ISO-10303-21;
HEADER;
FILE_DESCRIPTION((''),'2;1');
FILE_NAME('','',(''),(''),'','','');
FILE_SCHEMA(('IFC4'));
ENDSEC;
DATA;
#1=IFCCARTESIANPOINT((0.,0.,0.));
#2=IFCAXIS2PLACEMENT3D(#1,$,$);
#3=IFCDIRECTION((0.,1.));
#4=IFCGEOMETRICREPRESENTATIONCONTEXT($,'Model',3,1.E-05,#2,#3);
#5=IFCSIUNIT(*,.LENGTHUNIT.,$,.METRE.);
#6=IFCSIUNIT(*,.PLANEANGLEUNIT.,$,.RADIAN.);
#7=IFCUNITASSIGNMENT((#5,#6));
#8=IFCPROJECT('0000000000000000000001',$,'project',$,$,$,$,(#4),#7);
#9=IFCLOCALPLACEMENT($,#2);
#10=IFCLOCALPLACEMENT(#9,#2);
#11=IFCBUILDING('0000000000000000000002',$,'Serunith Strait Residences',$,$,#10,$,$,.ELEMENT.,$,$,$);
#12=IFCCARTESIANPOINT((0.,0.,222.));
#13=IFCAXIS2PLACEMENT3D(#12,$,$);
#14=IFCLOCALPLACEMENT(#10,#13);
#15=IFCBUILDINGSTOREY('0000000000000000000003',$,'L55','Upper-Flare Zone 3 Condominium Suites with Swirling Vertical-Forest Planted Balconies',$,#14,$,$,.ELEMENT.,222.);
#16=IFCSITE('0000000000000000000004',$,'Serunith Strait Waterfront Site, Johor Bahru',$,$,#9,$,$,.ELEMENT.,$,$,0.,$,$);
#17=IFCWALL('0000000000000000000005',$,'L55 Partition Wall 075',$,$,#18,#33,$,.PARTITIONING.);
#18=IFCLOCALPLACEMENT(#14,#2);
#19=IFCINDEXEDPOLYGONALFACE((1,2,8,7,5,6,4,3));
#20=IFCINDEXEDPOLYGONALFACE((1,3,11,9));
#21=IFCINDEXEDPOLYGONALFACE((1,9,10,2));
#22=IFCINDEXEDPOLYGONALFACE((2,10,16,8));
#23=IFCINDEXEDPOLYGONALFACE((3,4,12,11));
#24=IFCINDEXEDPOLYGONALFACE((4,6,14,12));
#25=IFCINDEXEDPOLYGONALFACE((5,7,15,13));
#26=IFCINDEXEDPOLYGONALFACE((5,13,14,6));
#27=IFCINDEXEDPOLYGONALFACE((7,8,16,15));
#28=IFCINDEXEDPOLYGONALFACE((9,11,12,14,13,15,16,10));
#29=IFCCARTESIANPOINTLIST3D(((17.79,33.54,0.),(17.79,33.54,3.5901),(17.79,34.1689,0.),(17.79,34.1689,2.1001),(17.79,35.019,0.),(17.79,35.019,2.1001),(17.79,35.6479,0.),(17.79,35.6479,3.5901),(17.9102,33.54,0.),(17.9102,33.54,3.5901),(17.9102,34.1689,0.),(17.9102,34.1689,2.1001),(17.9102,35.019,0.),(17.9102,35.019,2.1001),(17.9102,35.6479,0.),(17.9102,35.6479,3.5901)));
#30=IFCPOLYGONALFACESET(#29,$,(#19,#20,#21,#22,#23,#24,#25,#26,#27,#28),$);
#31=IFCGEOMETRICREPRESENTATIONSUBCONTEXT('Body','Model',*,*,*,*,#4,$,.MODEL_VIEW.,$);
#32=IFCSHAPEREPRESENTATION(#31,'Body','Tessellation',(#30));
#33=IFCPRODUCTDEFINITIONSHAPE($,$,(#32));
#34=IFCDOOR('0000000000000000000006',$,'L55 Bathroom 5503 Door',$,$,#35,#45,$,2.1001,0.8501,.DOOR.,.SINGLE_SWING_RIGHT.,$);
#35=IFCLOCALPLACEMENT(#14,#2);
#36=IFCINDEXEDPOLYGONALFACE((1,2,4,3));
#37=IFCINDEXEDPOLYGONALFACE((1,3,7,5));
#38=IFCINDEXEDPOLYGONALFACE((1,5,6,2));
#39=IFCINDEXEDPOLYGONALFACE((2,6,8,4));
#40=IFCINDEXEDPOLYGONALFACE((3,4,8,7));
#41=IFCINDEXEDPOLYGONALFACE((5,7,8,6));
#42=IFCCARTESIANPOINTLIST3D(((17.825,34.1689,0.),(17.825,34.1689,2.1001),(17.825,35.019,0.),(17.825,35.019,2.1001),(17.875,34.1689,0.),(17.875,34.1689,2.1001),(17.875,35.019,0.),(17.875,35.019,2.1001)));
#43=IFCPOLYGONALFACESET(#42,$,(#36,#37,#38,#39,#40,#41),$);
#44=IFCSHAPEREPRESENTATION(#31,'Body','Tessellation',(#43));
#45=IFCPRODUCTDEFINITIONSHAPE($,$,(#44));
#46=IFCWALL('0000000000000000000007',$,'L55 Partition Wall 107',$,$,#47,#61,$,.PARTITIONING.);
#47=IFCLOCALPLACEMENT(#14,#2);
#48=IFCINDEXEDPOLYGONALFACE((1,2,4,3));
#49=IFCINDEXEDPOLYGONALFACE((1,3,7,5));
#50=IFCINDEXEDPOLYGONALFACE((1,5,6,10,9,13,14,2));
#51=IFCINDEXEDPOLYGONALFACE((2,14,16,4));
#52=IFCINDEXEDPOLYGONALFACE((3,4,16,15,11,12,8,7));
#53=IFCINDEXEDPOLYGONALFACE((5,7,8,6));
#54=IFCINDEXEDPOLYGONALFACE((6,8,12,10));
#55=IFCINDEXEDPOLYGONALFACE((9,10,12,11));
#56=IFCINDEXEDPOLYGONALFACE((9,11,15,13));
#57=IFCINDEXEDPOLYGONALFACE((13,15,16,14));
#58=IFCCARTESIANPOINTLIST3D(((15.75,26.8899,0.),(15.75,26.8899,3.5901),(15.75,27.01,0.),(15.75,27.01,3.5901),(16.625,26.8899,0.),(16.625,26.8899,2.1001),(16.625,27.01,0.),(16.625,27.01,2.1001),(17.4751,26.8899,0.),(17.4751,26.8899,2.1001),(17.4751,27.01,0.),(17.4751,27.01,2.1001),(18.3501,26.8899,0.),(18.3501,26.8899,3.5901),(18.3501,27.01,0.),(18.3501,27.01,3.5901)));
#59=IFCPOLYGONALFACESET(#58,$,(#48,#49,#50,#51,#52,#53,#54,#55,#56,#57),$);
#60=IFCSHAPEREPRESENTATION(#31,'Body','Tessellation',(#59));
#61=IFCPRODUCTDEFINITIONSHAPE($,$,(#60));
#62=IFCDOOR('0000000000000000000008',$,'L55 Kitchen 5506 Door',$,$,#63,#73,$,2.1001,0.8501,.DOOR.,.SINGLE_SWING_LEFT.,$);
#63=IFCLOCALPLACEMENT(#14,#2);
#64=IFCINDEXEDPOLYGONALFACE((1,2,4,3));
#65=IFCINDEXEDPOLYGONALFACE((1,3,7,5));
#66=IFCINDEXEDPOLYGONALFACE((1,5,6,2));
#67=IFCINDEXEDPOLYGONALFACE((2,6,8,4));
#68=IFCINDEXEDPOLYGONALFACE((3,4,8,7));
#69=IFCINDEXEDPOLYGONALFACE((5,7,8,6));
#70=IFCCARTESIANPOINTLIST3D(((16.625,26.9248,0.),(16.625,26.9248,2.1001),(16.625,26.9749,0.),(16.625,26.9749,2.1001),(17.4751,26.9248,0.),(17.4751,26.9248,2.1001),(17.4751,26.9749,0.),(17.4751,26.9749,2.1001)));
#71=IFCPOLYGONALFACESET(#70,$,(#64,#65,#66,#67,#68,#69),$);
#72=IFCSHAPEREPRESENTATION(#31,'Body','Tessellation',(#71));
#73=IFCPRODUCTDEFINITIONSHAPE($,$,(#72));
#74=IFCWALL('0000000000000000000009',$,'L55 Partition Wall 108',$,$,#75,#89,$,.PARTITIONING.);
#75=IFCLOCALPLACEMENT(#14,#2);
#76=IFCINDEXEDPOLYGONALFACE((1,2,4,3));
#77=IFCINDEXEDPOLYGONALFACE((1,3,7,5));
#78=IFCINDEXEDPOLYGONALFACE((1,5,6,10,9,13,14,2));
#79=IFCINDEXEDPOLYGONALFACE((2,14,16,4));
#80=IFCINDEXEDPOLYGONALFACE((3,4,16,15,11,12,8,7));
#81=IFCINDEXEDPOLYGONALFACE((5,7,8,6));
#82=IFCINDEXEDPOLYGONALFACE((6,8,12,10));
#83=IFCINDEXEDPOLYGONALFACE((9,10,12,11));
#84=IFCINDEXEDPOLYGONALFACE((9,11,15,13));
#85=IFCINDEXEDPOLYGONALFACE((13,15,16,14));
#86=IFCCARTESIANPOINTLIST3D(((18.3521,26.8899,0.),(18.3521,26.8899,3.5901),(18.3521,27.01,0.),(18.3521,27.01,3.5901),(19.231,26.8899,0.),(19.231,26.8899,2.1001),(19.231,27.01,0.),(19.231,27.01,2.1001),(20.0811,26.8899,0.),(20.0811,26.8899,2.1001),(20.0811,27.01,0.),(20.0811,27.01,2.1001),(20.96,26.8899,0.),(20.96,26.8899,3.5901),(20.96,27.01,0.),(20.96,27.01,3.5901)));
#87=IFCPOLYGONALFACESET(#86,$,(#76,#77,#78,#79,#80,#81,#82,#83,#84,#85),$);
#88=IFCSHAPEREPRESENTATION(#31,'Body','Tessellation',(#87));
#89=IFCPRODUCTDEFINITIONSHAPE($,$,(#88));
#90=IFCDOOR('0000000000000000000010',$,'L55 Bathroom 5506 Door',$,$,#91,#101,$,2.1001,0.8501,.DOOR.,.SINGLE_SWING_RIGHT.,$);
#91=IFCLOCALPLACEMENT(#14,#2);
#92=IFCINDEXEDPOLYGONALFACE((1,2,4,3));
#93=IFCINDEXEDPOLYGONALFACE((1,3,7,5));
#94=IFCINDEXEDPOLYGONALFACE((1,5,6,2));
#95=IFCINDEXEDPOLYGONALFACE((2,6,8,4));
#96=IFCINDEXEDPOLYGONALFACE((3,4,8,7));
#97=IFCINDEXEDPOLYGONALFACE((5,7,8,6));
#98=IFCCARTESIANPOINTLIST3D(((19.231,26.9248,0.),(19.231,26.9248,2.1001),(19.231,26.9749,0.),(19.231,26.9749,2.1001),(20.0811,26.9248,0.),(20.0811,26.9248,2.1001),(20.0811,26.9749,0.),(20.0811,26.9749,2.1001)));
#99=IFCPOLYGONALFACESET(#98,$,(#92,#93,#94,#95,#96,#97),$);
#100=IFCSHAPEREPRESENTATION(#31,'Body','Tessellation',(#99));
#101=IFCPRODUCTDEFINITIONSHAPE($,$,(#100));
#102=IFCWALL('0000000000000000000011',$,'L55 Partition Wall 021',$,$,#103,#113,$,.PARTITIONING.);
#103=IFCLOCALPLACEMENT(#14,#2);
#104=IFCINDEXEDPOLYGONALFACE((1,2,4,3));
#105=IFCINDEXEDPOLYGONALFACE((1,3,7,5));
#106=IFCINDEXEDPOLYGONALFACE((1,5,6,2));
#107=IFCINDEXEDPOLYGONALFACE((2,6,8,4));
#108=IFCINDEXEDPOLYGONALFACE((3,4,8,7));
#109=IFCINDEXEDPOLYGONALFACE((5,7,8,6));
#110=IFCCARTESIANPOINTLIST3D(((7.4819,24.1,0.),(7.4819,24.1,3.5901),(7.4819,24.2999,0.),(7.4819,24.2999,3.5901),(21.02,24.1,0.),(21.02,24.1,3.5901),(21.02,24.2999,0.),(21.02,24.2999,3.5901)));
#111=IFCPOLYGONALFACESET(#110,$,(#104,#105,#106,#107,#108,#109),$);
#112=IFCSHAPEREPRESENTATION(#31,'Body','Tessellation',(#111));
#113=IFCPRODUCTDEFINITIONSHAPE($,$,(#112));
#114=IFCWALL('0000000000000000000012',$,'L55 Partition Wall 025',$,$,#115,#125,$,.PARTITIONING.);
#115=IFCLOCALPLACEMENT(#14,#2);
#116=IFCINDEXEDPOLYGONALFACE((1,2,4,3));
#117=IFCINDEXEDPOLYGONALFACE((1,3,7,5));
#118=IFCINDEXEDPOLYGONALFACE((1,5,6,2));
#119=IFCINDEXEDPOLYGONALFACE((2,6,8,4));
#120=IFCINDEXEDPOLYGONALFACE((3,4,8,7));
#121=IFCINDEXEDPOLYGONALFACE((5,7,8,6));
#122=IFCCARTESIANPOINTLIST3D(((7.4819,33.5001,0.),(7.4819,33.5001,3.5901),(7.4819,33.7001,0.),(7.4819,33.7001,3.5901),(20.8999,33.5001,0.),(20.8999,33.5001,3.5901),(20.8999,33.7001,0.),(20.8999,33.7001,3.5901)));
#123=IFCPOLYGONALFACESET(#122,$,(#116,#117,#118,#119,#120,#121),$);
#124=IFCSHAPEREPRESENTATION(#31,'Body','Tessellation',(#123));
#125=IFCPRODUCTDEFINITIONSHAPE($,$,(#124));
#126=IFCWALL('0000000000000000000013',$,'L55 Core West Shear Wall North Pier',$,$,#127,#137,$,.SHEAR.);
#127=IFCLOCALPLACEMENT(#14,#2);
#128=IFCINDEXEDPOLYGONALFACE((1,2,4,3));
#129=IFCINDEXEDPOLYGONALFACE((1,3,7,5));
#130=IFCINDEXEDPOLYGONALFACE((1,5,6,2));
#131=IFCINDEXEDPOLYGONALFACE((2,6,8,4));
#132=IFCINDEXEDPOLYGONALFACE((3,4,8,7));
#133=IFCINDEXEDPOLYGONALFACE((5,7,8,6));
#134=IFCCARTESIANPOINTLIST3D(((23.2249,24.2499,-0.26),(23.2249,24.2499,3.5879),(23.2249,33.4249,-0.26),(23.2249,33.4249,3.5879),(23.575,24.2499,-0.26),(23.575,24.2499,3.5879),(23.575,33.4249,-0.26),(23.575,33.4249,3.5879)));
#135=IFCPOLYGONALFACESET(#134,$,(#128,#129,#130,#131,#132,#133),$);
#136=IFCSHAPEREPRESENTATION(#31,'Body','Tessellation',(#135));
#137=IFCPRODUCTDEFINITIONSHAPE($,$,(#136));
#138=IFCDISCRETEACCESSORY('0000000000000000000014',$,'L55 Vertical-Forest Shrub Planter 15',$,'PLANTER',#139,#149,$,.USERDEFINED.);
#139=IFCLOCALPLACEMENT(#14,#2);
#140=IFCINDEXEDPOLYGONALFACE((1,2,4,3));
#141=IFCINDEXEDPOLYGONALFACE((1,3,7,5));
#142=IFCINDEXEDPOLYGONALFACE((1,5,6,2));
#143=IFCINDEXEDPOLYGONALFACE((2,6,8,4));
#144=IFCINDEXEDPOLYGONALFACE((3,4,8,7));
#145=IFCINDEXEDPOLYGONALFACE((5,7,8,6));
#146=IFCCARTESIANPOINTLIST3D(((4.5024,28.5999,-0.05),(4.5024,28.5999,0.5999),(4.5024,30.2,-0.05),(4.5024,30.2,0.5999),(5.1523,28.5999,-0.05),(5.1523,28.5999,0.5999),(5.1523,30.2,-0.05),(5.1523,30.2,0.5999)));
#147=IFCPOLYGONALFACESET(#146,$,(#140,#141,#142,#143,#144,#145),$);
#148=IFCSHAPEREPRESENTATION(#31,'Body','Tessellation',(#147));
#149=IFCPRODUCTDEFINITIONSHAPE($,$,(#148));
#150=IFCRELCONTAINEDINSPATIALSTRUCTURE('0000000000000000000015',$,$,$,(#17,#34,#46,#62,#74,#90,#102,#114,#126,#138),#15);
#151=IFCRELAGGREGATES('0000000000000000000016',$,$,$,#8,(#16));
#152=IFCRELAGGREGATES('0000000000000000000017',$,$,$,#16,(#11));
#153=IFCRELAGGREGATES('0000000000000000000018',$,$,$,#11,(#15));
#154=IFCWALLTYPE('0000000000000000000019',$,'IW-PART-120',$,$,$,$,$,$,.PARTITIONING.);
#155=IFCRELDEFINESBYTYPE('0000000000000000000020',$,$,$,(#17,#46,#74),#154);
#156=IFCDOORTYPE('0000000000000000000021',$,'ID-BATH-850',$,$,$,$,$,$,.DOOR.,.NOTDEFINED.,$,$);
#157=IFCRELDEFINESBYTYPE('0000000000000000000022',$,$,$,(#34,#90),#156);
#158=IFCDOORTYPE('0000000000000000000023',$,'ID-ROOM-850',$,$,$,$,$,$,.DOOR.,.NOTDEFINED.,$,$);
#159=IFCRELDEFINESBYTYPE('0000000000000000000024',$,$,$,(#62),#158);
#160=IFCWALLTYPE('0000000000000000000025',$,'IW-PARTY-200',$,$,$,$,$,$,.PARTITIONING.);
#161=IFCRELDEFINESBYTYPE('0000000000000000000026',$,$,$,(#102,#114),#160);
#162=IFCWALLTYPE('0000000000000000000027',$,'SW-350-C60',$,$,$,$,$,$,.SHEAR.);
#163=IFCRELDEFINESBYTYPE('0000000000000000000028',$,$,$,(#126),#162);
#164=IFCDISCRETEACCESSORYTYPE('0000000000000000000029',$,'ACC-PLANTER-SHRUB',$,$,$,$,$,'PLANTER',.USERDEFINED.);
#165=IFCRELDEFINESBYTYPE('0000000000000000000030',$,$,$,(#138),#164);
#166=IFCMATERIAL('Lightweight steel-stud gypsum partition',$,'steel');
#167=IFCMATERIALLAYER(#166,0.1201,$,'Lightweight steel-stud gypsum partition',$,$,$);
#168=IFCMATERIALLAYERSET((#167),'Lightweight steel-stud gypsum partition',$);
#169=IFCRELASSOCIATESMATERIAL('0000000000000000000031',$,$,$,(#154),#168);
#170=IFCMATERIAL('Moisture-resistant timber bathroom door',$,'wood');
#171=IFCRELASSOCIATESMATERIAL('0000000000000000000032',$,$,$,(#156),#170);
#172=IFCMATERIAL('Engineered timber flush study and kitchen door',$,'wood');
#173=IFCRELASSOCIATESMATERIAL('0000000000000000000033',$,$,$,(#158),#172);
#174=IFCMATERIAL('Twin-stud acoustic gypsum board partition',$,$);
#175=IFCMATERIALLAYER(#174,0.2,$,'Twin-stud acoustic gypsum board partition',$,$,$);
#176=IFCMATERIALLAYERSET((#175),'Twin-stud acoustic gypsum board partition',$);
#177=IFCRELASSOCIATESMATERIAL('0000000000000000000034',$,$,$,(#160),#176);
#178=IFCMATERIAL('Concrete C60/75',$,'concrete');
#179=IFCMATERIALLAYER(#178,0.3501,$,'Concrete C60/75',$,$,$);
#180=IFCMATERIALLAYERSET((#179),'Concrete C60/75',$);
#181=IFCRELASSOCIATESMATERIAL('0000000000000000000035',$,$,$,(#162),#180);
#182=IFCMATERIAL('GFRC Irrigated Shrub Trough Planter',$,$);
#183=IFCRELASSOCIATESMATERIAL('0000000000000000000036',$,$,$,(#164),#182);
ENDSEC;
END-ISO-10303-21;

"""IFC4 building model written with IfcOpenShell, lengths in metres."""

from ifc_helpers import new_model, si_unit, direction, frame, frame_2d, origin, origin_2d, place, context, subcontext, project, spatial, rectangle, extrude, source, transform, mapped, material, layer, layer_set, type_object, element, fill, save


model = new_model("IFC4")

# Units and contexts
model_context = context("Model", 3, precision=1e-05, world=origin(), true_north=direction((0.0, 1.0)))
body_context = subcontext(model_context, "Body", "Model", "MODEL_VIEW")
ifc_project = project(units=[si_unit("LENGTHUNIT", "METRE"), si_unit("PLANEANGLEUNIT", "RADIAN")], contexts=[model_context])

# Site, building, storey
site_placement = place(None, origin())
site = spatial("IfcSite", under=ifc_project, at=site_placement, Name="Serunith Strait Waterfront Site, Johor Bahru", CompositionType="ELEMENT", RefElevation=0.0)
building_placement = place(site_placement, origin())
building = spatial("IfcBuilding", under=site, at=building_placement, Name="Serunith Strait Residences", CompositionType="ELEMENT")
storey_placement = place(building_placement, frame((0.0, 0.0, 222.0)))
storey = spatial("IfcBuildingStorey", under=building, at=storey_placement, Name="L55", Description="Upper-Flare Zone 3 Condominium Suites with Swirling Vertical-Forest Planted Balconies", CompositionType="ELEMENT", Elevation=222.0)

# Shared definitions
ifc_material_1 = material(Name="Lightweight steel-stud gypsum partition", Category="steel")
ifc_layer_1 = layer(ifc_material_1, 0.1201, Name="Lightweight steel-stud gypsum partition")
ifc_layer_set_1 = layer_set([ifc_layer_1], Name="Lightweight steel-stud gypsum partition")
wall_type_1 = type_object("IfcWallType", Name="IW-PART-120", PredefinedType="PARTITIONING", material=ifc_layer_set_1)

# Walls, openings, doors
wall_1_placement = place(storey_placement, frame((17.8501, 35.6479, 0.0), z_axis=(0.0, 0.0, 1.0), x_axis=(0.0, -1.0, 0.0)))
wall_1 = element("IfcWall", 1, at=wall_1_placement, inside=storey, type_object=wall_type_1, Name="L55 Partition Wall 075", PredefinedType="PARTITIONING", context=body_context, shape_type="SweptSolid", body=[
    extrude(rectangle(XDim=2.1079, YDim=0.1201, at=frame_2d((1.054, 0.0))), origin(), (0.0, 0.0, 1.0), 3.5901),
])
opening_1_placement = place(wall_1_placement, frame((0.6289, 0.0, 0.0)))
opening_1 = element("IfcOpeningElement", 2, at=opening_1_placement, cuts=wall_1, PredefinedType="OPENING", context=body_context, shape_type="SweptSolid", body=[
    extrude(rectangle(XDim=0.8501, YDim=2.1001, at=frame_2d((0.425, 1.05))), frame((0.0, 0.0701, 0.0), z_axis=(0.0, -1.0, 0.0), x_axis=(1.0, 0.0, 0.0)), (0.0, 0.0, 1.0), 0.1401),
])
ifc_material_2 = material(Name="Moisture-resistant timber bathroom door", Category="wood")
door_type_1 = type_object("IfcDoorType", Name="ID-BATH-850", OperationType="NOTDEFINED", PredefinedType="DOOR", material=ifc_material_2)
shared_shape_1 = source(origin(), body_context, "Body", "SweptSolid", [
    extrude(rectangle(XDim=0.8501, YDim=2.1001, at=frame_2d((0.425, 1.05))), frame((0.0, 0.0249, 0.0), z_axis=(0.0, -1.0, 0.0), x_axis=(1.0, 0.0, 0.0)), (0.0, 0.0, 1.0), 0.05),
])
door_1_placement = place(opening_1_placement, origin())
door_1 = element("IfcDoor", 3, at=door_1_placement, inside=storey, type_object=door_type_1, Name="L55 Bathroom 5503 Door", OperationType="SINGLE_SWING_RIGHT", OverallHeight=2.1001, OverallWidth=0.8501, PredefinedType="DOOR", context=body_context, shape_type="MappedRepresentation", body=[
    mapped(shared_shape_1, transform((0.0, 0.0, 0.0), scale=1.0)),
])
fill(opening_1, door_1)
wall_2_placement = place(storey_placement, frame((15.75, 26.95, 0.0), z_axis=(0.0, 0.0, 1.0), x_axis=(1.0, 0.0, 0.0)))
wall_2 = element("IfcWall", 4, at=wall_2_placement, inside=storey, type_object=wall_type_1, Name="L55 Partition Wall 107", PredefinedType="PARTITIONING", context=body_context, shape_type="SweptSolid", body=[
    extrude(rectangle(XDim=2.6001, YDim=0.1201, at=frame_2d((1.3, 0.0))), origin(), (0.0, 0.0, 1.0), 3.5901),
])
opening_2_placement = place(wall_2_placement, frame((0.875, 0.0, 0.0)))
opening_2 = element("IfcOpeningElement", 5, at=opening_2_placement, cuts=wall_2, PredefinedType="OPENING", context=body_context, shape_type="SweptSolid", body=[
    extrude(rectangle(XDim=0.8501, YDim=2.1001, at=frame_2d((0.425, 1.05))), frame((0.0, 0.0701, 0.0), z_axis=(0.0, -1.0, 0.0), x_axis=(1.0, 0.0, 0.0)), (0.0, 0.0, 1.0), 0.1401),
])
ifc_material_3 = material(Name="Engineered timber flush study and kitchen door", Category="wood")
door_type_2 = type_object("IfcDoorType", Name="ID-ROOM-850", OperationType="NOTDEFINED", PredefinedType="DOOR", material=ifc_material_3)
door_2_placement = place(opening_2_placement, origin())
door_2 = element("IfcDoor", 6, at=door_2_placement, inside=storey, type_object=door_type_2, Name="L55 Kitchen 5506 Door", OperationType="SINGLE_SWING_LEFT", OverallHeight=2.1001, OverallWidth=0.8501, PredefinedType="DOOR", context=body_context, shape_type="MappedRepresentation", body=[
    mapped(shared_shape_1, transform((0.0, 0.0, 0.0), scale=1.0)),
])
fill(opening_2, door_2)
wall_3_placement = place(storey_placement, frame((18.3521, 26.95, 0.0), z_axis=(0.0, 0.0, 1.0), x_axis=(1.0, 0.0, 0.0)))
wall_3 = element("IfcWall", 7, at=wall_3_placement, inside=storey, type_object=wall_type_1, Name="L55 Partition Wall 108", PredefinedType="PARTITIONING", context=body_context, shape_type="SweptSolid", body=[
    extrude(rectangle(XDim=2.6079, YDim=0.1201, at=frame_2d((1.304, 0.0))), origin(), (0.0, 0.0, 1.0), 3.5901),
])
opening_3_placement = place(wall_3_placement, frame((0.8789, 0.0, 0.0)))
opening_3 = element("IfcOpeningElement", 8, at=opening_3_placement, cuts=wall_3, PredefinedType="OPENING", context=body_context, shape_type="SweptSolid", body=[
    extrude(rectangle(XDim=0.8501, YDim=2.1001, at=frame_2d((0.425, 1.05))), frame((0.0, 0.0701, 0.0), z_axis=(0.0, -1.0, 0.0), x_axis=(1.0, 0.0, 0.0)), (0.0, 0.0, 1.0), 0.1401),
])
door_3_placement = place(opening_3_placement, origin())
door_3 = element("IfcDoor", 9, at=door_3_placement, inside=storey, type_object=door_type_1, Name="L55 Bathroom 5506 Door", OperationType="SINGLE_SWING_RIGHT", OverallHeight=2.1001, OverallWidth=0.8501, PredefinedType="DOOR", context=body_context, shape_type="MappedRepresentation", body=[
    mapped(shared_shape_1, transform((0.0, 0.0, 0.0), scale=1.0)),
])
fill(opening_3, door_3)

# Walls
ifc_material_4 = material(Name="Twin-stud acoustic gypsum board partition")
ifc_layer_2 = layer(ifc_material_4, 0.2, Name="Twin-stud acoustic gypsum board partition")
ifc_layer_set_2 = layer_set([ifc_layer_2], Name="Twin-stud acoustic gypsum board partition")
wall_type_2 = type_object("IfcWallType", Name="IW-PARTY-200", PredefinedType="PARTITIONING", material=ifc_layer_set_2)
wall_4_placement = place(storey_placement, frame((7.4819, 24.2, 0.0), z_axis=(0.0, 0.0, 1.0), x_axis=(1.0, 0.0, 0.0)))
element("IfcWall", 10, at=wall_4_placement, inside=storey, type_object=wall_type_2, Name="L55 Partition Wall 021", PredefinedType="PARTITIONING", context=body_context, shape_type="SweptSolid", body=[
    extrude(rectangle(XDim=13.5381, YDim=0.2, at=frame_2d((6.769, 0.0))), origin(), (0.0, 0.0, 1.0), 3.5901),
])
wall_5_placement = place(storey_placement, frame((7.4819, 33.6001, 0.0), z_axis=(0.0, 0.0, 1.0), x_axis=(1.0, 0.0, 0.0)))
element("IfcWall", 11, at=wall_5_placement, inside=storey, type_object=wall_type_2, Name="L55 Partition Wall 025", PredefinedType="PARTITIONING", context=body_context, shape_type="SweptSolid", body=[
    extrude(rectangle(XDim=13.418, YDim=0.2, at=frame_2d((6.709, 0.0))), origin(), (0.0, 0.0, 1.0), 3.5901),
])

# Wall
ifc_material_5 = material(Name="Concrete C60/75", Category="concrete")
ifc_layer_3 = layer(ifc_material_5, 0.3501, Name="Concrete C60/75")
ifc_layer_set_3 = layer_set([ifc_layer_3], Name="Concrete C60/75")
wall_type_3 = type_object("IfcWallType", Name="SW-350-C60", PredefinedType="SHEAR", material=ifc_layer_set_3)
wall_6_placement = place(storey_placement, frame((23.3999, 24.25, -0.26), z_axis=(0.0, 0.0, 1.0), x_axis=(0.0, 1.0, 0.0)))
element("IfcWall", 12, at=wall_6_placement, inside=storey, type_object=wall_type_3, Name="L55 Core West Shear Wall North Pier", PredefinedType="SHEAR", context=body_context, shape_type="SweptSolid", body=[
    extrude(rectangle(XDim=9.175, YDim=0.3501, at=frame_2d((4.5874, 0.0))), origin(), (0.0, 0.0, 1.0), 3.8479),
])

# Discrete accessory
ifc_material_6 = material(Name="GFRC Irrigated Shrub Trough Planter")
discrete_accessory_type = type_object("IfcDiscreteAccessoryType", Name="ACC-PLANTER-SHRUB", ElementType="PLANTER", PredefinedType="USERDEFINED", material=ifc_material_6)
shared_shape_2 = source(origin(), body_context, "Body", "SweptSolid", [
    extrude(rectangle(XDim=1.6001, YDim=0.6499, at=origin_2d()), origin(), (0.0, 0.0, 1.0), 0.6499),
])
discrete_accessory_placement = place(storey_placement, frame((4.8274, 29.3999, -0.05), z_axis=(0.0, 0.0, 1.0), x_axis=(0.0, -1.0, 0.0)))
element("IfcDiscreteAccessory", 13, at=discrete_accessory_placement, inside=storey, type_object=discrete_accessory_type, Name="L55 Vertical-Forest Shrub Planter 15", ObjectType="PLANTER", PredefinedType="USERDEFINED", context=body_context, shape_type="MappedRepresentation", body=[
    mapped(shared_shape_2, transform((0.0, 0.0, 0.0), scale=1.0)),
])

save(model, "model.ifc")
